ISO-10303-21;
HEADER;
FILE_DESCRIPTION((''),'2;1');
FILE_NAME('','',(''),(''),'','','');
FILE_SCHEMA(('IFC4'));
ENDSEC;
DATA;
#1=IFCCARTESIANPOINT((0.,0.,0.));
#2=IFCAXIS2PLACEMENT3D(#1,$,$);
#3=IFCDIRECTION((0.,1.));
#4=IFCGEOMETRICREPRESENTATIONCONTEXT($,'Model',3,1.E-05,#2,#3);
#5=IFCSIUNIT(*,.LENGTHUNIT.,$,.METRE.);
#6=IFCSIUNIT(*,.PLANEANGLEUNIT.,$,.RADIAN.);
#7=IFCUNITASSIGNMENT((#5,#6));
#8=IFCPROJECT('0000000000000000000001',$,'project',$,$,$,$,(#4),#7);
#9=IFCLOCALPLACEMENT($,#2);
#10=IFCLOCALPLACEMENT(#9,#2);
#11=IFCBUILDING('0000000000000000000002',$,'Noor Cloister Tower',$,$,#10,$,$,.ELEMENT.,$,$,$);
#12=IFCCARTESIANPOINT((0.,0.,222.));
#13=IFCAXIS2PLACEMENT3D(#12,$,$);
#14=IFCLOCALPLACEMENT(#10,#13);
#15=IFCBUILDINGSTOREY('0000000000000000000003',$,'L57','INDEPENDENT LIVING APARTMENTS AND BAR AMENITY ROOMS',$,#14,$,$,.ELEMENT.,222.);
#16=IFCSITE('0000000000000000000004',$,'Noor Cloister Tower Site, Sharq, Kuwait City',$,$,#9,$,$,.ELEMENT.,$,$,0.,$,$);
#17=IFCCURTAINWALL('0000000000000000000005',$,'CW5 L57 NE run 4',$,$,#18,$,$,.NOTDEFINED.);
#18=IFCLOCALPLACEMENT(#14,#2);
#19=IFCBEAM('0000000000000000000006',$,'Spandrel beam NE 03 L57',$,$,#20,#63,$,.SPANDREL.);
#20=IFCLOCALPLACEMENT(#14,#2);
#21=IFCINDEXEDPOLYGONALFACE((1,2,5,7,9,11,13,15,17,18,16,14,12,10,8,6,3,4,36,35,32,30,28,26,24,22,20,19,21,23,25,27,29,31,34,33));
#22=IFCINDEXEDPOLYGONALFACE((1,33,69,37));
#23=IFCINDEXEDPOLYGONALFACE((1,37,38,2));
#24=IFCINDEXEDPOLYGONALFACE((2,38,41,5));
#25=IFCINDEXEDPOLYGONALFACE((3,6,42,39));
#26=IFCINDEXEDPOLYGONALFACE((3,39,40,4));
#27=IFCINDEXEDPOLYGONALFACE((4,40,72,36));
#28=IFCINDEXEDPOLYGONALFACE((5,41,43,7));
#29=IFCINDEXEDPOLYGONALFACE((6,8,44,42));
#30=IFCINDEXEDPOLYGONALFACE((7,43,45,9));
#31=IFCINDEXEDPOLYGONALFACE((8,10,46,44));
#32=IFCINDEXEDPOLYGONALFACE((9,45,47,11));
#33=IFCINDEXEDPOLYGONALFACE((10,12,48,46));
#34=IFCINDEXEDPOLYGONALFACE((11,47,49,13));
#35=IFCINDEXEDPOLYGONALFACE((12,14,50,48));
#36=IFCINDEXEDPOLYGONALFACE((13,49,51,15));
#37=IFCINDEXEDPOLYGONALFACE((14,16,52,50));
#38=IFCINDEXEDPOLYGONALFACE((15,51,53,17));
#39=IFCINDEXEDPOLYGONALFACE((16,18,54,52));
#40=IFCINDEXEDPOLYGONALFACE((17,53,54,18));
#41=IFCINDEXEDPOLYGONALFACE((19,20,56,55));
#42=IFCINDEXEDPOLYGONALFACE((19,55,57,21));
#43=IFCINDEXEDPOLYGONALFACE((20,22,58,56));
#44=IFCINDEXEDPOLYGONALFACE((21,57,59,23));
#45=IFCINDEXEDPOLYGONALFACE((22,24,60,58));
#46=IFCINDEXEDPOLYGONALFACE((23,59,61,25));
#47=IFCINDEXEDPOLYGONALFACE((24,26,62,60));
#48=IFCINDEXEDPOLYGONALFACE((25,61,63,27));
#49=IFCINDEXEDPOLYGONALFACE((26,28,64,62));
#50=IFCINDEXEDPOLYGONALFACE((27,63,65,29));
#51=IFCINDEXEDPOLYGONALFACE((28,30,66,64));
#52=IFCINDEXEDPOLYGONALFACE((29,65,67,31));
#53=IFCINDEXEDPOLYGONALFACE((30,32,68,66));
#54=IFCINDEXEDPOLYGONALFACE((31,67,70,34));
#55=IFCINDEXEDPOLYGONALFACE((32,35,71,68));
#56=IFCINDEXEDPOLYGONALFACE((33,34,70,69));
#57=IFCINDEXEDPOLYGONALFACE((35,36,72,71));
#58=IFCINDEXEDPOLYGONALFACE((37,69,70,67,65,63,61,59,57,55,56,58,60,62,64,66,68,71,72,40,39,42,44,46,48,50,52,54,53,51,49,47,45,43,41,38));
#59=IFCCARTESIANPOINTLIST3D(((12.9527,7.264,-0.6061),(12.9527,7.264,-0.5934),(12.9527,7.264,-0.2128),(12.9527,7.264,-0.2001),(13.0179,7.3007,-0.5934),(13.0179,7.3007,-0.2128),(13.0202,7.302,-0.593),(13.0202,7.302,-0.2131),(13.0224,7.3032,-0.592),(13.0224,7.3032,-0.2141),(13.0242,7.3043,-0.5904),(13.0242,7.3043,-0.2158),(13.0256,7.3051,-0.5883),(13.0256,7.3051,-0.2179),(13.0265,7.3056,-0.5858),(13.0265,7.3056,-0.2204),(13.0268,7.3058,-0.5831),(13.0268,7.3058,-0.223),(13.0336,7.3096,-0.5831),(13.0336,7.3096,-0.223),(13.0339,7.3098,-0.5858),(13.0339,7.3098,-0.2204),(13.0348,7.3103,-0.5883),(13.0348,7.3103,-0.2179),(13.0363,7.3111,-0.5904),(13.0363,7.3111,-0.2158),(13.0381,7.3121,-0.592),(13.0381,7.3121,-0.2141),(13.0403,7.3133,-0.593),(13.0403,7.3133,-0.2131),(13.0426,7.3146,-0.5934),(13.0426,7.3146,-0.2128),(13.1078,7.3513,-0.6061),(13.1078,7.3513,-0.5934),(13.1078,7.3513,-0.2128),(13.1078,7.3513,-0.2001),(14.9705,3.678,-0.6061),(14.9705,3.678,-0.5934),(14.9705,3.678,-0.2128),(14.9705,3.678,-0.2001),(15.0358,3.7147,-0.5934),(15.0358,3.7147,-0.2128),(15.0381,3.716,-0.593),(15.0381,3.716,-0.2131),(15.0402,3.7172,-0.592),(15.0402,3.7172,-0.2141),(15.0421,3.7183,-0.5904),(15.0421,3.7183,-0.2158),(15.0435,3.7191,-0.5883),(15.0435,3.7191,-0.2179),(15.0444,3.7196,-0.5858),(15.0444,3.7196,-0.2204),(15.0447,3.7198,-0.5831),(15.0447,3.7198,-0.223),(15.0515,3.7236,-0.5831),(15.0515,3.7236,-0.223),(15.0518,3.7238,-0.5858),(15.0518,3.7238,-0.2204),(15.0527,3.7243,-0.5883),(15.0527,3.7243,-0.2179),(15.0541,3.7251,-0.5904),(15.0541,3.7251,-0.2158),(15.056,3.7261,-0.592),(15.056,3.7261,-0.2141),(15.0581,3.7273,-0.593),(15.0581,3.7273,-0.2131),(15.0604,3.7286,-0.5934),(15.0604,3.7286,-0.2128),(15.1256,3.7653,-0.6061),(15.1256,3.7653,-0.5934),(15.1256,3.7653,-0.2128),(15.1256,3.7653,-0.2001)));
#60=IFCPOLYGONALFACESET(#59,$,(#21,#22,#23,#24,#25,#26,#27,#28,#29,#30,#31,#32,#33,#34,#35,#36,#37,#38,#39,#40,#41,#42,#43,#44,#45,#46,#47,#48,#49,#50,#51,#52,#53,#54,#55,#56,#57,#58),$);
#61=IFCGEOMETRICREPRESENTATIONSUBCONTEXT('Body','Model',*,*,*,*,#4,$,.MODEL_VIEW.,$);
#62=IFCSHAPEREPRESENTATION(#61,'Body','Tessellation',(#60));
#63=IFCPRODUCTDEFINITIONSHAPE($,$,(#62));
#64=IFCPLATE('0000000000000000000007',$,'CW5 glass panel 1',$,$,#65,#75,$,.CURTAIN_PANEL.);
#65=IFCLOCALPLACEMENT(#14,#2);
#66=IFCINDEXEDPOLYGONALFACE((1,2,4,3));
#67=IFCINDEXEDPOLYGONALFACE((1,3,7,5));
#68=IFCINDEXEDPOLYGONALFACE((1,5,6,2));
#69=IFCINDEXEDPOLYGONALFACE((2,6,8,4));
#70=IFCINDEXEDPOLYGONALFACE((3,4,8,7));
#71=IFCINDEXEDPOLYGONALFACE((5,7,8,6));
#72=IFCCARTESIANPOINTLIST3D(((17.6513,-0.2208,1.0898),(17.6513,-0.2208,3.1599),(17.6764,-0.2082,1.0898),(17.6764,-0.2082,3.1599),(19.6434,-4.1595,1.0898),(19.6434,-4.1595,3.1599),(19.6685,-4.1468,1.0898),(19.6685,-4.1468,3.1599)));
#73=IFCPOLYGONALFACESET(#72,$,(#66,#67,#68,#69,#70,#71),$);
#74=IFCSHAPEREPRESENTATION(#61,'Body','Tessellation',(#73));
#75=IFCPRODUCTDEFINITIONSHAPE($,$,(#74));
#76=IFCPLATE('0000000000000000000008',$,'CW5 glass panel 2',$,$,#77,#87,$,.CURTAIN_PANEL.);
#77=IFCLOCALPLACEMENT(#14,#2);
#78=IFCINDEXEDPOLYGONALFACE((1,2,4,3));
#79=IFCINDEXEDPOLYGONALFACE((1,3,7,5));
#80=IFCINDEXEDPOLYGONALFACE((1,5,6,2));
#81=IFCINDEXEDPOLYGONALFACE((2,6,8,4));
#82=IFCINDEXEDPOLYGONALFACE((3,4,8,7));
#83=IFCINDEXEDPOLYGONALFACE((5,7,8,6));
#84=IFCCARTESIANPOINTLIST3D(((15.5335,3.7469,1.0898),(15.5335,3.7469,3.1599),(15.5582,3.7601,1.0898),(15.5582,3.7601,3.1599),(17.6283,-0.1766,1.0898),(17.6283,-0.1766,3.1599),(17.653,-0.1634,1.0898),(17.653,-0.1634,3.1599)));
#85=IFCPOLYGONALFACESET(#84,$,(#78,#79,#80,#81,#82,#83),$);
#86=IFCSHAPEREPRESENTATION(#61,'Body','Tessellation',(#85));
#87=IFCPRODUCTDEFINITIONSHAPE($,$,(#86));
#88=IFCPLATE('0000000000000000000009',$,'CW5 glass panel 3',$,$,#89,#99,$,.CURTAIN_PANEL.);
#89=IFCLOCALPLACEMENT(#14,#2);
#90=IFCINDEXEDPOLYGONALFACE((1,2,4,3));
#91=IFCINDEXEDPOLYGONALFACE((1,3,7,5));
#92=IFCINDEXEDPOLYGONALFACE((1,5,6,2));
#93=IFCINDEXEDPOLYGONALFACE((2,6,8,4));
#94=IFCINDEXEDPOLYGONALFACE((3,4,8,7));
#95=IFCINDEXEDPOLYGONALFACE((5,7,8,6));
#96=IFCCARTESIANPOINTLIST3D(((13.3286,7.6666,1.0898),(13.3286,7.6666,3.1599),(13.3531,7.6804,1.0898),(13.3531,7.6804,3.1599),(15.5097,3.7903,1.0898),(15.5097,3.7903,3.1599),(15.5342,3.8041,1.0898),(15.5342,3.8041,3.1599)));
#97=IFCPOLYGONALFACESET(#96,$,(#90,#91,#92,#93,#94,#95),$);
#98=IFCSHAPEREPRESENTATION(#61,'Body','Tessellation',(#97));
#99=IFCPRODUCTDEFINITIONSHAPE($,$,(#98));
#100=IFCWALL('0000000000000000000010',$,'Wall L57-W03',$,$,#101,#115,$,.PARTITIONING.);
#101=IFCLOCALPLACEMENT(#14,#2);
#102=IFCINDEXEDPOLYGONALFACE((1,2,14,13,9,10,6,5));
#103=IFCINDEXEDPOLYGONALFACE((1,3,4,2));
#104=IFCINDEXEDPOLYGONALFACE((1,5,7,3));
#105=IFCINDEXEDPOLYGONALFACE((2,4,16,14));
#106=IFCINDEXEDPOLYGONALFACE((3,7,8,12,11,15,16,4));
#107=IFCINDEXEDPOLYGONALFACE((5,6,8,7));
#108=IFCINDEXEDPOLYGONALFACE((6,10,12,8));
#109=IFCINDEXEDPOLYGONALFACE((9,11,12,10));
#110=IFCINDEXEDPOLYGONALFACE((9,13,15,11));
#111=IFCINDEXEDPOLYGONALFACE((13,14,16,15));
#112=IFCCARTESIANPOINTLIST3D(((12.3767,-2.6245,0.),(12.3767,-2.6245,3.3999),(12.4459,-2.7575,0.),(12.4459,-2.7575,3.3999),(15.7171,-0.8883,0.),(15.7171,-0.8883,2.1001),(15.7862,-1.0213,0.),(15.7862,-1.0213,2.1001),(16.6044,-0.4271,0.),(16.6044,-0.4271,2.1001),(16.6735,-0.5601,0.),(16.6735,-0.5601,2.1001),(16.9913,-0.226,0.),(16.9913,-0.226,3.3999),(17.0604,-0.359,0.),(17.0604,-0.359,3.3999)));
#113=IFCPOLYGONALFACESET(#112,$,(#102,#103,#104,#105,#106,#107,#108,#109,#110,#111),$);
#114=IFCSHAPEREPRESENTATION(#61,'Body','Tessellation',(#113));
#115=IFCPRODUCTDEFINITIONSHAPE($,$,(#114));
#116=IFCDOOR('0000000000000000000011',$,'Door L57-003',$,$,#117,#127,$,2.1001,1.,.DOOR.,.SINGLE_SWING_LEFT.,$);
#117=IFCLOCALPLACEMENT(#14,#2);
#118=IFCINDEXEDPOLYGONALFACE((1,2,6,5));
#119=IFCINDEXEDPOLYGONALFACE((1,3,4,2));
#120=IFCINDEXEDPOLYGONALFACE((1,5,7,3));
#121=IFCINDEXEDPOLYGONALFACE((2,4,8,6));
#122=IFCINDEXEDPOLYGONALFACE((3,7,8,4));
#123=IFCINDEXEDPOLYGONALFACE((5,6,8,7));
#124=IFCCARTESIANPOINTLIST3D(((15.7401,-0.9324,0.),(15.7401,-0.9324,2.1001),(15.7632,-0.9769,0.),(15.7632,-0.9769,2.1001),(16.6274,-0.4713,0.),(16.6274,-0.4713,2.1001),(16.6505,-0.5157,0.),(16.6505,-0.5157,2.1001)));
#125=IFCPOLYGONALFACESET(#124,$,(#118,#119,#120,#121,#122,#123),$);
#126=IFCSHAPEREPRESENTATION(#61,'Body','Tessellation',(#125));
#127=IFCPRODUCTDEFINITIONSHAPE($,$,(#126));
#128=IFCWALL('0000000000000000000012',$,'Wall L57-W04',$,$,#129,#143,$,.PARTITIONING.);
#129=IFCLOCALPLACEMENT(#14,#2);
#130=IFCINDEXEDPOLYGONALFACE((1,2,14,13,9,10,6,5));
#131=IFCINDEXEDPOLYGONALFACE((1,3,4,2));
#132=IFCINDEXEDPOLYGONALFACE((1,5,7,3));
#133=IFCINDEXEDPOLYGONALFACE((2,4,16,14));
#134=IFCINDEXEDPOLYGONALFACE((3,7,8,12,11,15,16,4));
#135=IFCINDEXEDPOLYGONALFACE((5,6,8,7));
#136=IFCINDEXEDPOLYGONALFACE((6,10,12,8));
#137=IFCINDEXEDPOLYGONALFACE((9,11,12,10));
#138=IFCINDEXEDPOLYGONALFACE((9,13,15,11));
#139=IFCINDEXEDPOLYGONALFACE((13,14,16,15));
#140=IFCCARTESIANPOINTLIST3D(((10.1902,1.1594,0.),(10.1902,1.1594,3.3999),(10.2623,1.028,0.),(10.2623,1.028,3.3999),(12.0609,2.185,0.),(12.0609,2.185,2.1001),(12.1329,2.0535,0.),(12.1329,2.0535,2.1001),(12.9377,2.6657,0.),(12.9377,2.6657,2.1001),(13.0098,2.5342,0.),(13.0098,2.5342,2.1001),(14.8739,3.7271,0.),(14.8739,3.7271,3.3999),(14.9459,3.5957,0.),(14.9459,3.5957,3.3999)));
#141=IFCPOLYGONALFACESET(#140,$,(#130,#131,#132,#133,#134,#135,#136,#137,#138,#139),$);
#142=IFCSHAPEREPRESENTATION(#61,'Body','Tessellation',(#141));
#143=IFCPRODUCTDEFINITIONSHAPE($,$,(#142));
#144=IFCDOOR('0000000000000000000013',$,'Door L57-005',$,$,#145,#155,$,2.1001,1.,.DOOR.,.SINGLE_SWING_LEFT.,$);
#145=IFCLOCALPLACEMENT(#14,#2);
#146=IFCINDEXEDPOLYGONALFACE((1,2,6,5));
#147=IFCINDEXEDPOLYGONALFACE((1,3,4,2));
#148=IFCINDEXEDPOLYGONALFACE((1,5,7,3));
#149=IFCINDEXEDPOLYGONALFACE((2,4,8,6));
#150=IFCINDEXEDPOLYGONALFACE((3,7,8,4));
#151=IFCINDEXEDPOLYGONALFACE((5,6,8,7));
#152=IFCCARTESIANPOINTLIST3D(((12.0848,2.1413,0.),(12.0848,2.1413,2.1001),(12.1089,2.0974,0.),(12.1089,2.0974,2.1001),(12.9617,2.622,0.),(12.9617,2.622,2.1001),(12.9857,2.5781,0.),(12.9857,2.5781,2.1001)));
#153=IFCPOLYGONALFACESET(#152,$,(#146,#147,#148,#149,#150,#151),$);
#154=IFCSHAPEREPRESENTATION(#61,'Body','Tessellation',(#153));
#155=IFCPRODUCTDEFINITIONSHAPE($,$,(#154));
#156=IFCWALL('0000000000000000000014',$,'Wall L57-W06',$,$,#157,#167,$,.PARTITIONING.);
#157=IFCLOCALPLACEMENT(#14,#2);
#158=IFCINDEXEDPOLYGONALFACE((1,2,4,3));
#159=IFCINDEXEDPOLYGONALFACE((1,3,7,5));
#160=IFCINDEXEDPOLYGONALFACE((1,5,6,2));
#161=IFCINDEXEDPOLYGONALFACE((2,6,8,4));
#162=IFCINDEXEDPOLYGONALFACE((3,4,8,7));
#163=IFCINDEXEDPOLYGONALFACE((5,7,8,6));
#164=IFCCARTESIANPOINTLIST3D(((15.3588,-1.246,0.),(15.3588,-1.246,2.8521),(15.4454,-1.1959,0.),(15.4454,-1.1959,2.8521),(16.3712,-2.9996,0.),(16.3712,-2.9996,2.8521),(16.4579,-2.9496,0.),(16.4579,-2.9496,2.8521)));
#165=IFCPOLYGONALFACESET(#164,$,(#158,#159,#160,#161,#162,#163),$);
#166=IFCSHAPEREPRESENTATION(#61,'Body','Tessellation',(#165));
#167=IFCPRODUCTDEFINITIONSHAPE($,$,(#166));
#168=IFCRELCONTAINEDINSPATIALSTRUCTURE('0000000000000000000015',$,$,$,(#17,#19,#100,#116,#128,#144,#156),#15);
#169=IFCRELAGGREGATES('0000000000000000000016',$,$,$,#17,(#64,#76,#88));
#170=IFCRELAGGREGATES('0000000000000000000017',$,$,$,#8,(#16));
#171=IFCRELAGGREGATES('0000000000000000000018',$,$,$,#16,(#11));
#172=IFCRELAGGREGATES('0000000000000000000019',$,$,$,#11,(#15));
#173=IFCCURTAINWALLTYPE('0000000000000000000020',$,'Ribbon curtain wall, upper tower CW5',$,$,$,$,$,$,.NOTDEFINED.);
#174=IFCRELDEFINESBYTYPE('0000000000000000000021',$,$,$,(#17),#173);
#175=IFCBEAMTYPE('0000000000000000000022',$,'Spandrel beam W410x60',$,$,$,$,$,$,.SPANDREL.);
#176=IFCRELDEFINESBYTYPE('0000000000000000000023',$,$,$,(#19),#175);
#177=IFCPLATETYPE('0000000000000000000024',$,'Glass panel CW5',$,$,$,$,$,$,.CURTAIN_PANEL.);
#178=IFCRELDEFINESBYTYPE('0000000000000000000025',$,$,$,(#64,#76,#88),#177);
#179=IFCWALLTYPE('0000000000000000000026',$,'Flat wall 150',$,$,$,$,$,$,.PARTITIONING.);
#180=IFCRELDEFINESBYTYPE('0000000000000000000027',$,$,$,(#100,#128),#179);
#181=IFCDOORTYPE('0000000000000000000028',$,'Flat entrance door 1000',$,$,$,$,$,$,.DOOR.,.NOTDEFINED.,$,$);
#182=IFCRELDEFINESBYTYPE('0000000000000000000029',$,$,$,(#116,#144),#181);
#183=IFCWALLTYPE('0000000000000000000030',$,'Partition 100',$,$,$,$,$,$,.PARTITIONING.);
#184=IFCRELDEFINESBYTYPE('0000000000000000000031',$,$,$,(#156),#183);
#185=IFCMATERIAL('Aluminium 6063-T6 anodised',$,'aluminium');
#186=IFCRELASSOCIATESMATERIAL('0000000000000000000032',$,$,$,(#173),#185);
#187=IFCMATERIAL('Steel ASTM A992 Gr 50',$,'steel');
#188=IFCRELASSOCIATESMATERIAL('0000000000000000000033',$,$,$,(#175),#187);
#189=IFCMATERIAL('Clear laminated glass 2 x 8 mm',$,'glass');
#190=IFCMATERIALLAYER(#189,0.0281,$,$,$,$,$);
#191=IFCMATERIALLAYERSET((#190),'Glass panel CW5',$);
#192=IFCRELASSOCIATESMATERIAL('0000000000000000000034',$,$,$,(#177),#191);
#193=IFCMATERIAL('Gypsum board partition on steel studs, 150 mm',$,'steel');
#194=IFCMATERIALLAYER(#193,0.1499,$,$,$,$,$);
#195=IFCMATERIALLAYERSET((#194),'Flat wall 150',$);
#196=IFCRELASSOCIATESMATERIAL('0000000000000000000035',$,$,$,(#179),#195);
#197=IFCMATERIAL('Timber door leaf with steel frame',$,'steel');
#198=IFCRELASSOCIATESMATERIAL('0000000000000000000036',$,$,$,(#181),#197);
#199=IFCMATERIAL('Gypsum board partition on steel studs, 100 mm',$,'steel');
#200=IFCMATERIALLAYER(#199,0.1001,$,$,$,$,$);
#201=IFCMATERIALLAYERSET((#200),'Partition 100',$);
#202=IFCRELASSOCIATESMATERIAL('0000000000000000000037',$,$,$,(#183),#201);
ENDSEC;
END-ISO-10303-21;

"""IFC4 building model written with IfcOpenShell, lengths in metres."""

from ifc_helpers import new_model, si_unit, direction, frame, frame_2d, origin, origin_2d, place, context, subcontext, project, spatial, rectangle, i_section, extrude, material, layer, layer_set, material_profile, profile_set, type_object, element, fill, aggregate, save


model = new_model("IFC4")

# Units and contexts
model_context = context("Model", 3, precision=1e-05, world=origin(), true_north=direction((0.0, 1.0)))
body_context = subcontext(model_context, "Body", "Model", "MODEL_VIEW")
ifc_project = project(units=[si_unit("LENGTHUNIT", "METRE"), si_unit("PLANEANGLEUNIT", "RADIAN")], contexts=[model_context])

# Site, building, storey
site_placement = place(None, origin())
site = spatial("IfcSite", under=ifc_project, at=site_placement, Name="Noor Cloister Tower Site, Sharq, Kuwait City", CompositionType="ELEMENT", RefElevation=0.0)
building_placement = place(site_placement, origin())
building = spatial("IfcBuilding", under=site, at=building_placement, Name="Noor Cloister Tower", CompositionType="ELEMENT")
storey_placement = place(building_placement, frame((0.0, 0.0, 222.0)))
storey = spatial("IfcBuildingStorey", under=building, at=storey_placement, Name="L57", Description="INDEPENDENT LIVING APARTMENTS AND BAR AMENITY ROOMS", CompositionType="ELEMENT", Elevation=222.0)

# Curtain wall
ifc_material_1 = material(Name="Aluminium 6063-T6 anodised", Category="aluminium")
curtain_wall_type = type_object("IfcCurtainWallType", Name="Ribbon curtain wall, upper tower CW5", PredefinedType="NOTDEFINED", material=ifc_material_1)
curtain_wall_placement = place(storey_placement, origin())
curtain_wall = element("IfcCurtainWall", 1, at=curtain_wall_placement, inside=storey, type_object=curtain_wall_type, Name="CW5 L57 NE run 4", PredefinedType="NOTDEFINED")

# Beam
ifc_material_2 = material(Name="Steel ASTM A992 Gr 50", Category="steel")
ifc_material_profile_1 = material_profile(ifc_material_2, i_section(OverallWidth=0.178, OverallDepth=0.406, WebThickness=0.0078, FlangeThickness=0.0127, FilletRadius=0.0103, at=origin_2d()), Name="W410x60")
ifc_profile_set_1 = profile_set([ifc_material_profile_1], Name="Steel ASTM A992 Gr 50")
beam_type_1 = type_object("IfcBeamType", Name="Spandrel beam W410x60", PredefinedType="SPANDREL", material=ifc_profile_set_1)
beam_1_placement = place(storey_placement, frame((15.0481, 3.7217, -0.4031), z_axis=(-0.490396, 0.871499, 0.0), x_axis=(-0.871499, -0.490396, 0.0)))
element("IfcBeam", 2, at=beam_1_placement, inside=storey, type_object=beam_type_1, Name="Spandrel beam NE 03 L57", PredefinedType="SPANDREL", context=body_context, shape_type="SweptSolid", body=[
    extrude(i_section(OverallWidth=0.178, OverallDepth=0.406, WebThickness=0.0078, FlangeThickness=0.0127, FilletRadius=0.0103, at=origin_2d()), origin(), (0.0, 0.0, 1.0), 4.1147),
])

# Plates
ifc_material_3 = material(Name="Clear laminated glass 2 x 8 mm", Category="glass")
ifc_layer_1 = layer(ifc_material_3, 0.0281)
ifc_layer_set_1 = layer_set([ifc_layer_1], Name="Glass panel CW5")
plate_type = type_object("IfcPlateType", Name="Glass panel CW5", PredefinedType="CURTAIN_PANEL", material=ifc_layer_set_1)
plate_1_placement = place(storey_placement, frame((18.6599, -2.1838, 1.0898), z_axis=(0.0, 0.0, 1.0), x_axis=(-0.451339, 0.892353, 0.0)))
plate_1 = element("IfcPlate", 3, at=plate_1_placement, type_object=plate_type, Name="CW5 glass panel 1", PredefinedType="CURTAIN_PANEL", context=body_context, shape_type="SweptSolid", body=[
    extrude(rectangle(XDim=4.4138, YDim=0.0281, at=origin_2d()), origin(), (0.0, 0.0, 1.0), 2.0701),
])
plate_2_placement = place(storey_placement, frame((16.5933, 1.7917, 1.0898), z_axis=(0.0, 0.0, 1.0), x_axis=(-0.470978, 0.882145, 0.0)))
plate_2 = element("IfcPlate", 4, at=plate_2_placement, type_object=plate_type, Name="CW5 glass panel 2", PredefinedType="CURTAIN_PANEL", context=body_context, shape_type="SweptSolid", body=[
    extrude(rectangle(XDim=4.4478, YDim=0.0281, at=origin_2d()), origin(), (0.0, 0.0, 1.0), 2.0701),
])
plate_3_placement = place(storey_placement, frame((14.4314, 5.7354, 1.0898), z_axis=(0.0, 0.0, 1.0), x_axis=(-0.490386, 0.871506, 0.0)))
plate_3 = element("IfcPlate", 5, at=plate_3_placement, type_object=plate_type, Name="CW5 glass panel 3", PredefinedType="CURTAIN_PANEL", context=body_context, shape_type="SweptSolid", body=[
    extrude(rectangle(XDim=4.4478, YDim=0.0281, at=origin_2d()), origin(), (0.0, 0.0, 1.0), 2.0701),
])
aggregate(curtain_wall, [plate_1, plate_2, plate_3])

# Walls, openings, doors
ifc_material_4 = material(Name="Gypsum board partition on steel studs, 150 mm", Category="steel")
ifc_layer_2 = layer(ifc_material_4, 0.1499)
ifc_layer_set_2 = layer_set([ifc_layer_2], Name="Flat wall 150")
wall_type_1 = type_object("IfcWallType", Name="Flat wall 150", PredefinedType="PARTITIONING", material=ifc_layer_set_2)
wall_1_placement = place(storey_placement, frame((17.0259, -0.2925, 0.0), z_axis=(0.0, 0.0, 1.0), x_axis=(-0.887304, -0.461186, 0.0)))
wall_1 = element("IfcWall", 6, at=wall_1_placement, inside=storey, type_object=wall_type_1, Name="Wall L57-W03", PredefinedType="PARTITIONING", context=body_context, shape_type="SweptSolid", body=[
    extrude(rectangle(XDim=5.2007, YDim=0.1499, at=frame_2d((2.6003, 0.0))), origin(), (0.0, 0.0, 1.0), 3.3999),
])
opening_1_placement = place(wall_1_placement, frame((0.436, 0.0, 0.0)))
opening_1 = element("IfcOpeningElement", 7, at=opening_1_placement, cuts=wall_1, PredefinedType="OPENING", context=body_context, shape_type="SweptSolid", body=[
    extrude(rectangle(XDim=1.0, YDim=2.1001, at=frame_2d((0.5, 1.05))), frame((0.0, 0.085, 0.0), z_axis=(0.0, -1.0, 0.0), x_axis=(1.0, 0.0, 0.0)), (0.0, 0.0, 1.0), 0.1699),
])
ifc_material_5 = material(Name="Timber door leaf with steel frame", Category="steel")
door_type_1 = type_object("IfcDoorType", Name="Flat entrance door 1000", OperationType="NOTDEFINED", PredefinedType="DOOR", material=ifc_material_5)
door_1_placement = place(opening_1_placement, origin())
door_1 = element("IfcDoor", 8, at=door_1_placement, inside=storey, type_object=door_type_1, Name="Door L57-003", OperationType="SINGLE_SWING_LEFT", OverallHeight=2.1001, OverallWidth=1.0, PredefinedType="DOOR", context=body_context, shape_type="SweptSolid", body=[
    extrude(rectangle(XDim=1.0, YDim=2.1001, at=frame_2d((0.5, 1.05))), frame((0.0, 0.0249, 0.0), z_axis=(0.0, -1.0, 0.0), x_axis=(1.0, 0.0, 0.0)), (0.0, 0.0, 1.0), 0.05),
])
fill(opening_1, door_1)
wall_2_placement = place(storey_placement, frame((14.9099, 3.6614, 0.0), z_axis=(0.0, 0.0, 1.0), x_axis=(-0.876875, -0.480718, 0.0)))
wall_2 = element("IfcWall", 9, at=wall_2_placement, inside=storey, type_object=wall_type_1, Name="Wall L57-W04", PredefinedType="PARTITIONING", context=body_context, shape_type="SweptSolid", body=[
    extrude(rectangle(XDim=5.3413, YDim=0.1499, at=frame_2d((2.6707, 0.0))), origin(), (0.0, 0.0, 1.0), 3.3999),
])
opening_2_placement = place(wall_2_placement, frame((2.208, 0.0, 0.0)))
opening_2 = element("IfcOpeningElement", 10, at=opening_2_placement, cuts=wall_2, PredefinedType="OPENING", context=body_context, shape_type="SweptSolid", body=[
    extrude(rectangle(XDim=1.0, YDim=2.1001, at=frame_2d((0.5, 1.05))), frame((0.0, 0.085, 0.0), z_axis=(0.0, -1.0, 0.0), x_axis=(1.0, 0.0, 0.0)), (0.0, 0.0, 1.0), 0.1699),
])
door_2_placement = place(opening_2_placement, origin())
door_2 = element("IfcDoor", 11, at=door_2_placement, inside=storey, type_object=door_type_1, Name="Door L57-005", OperationType="SINGLE_SWING_LEFT", OverallHeight=2.1001, OverallWidth=1.0, PredefinedType="DOOR", context=body_context, shape_type="SweptSolid", body=[
    extrude(rectangle(XDim=1.0, YDim=2.1001, at=frame_2d((0.5, 1.05))), frame((0.0, 0.0249, 0.0), z_axis=(0.0, -1.0, 0.0), x_axis=(1.0, 0.0, 0.0)), (0.0, 0.0, 1.0), 0.05),
])
fill(opening_2, door_2)

# Wall
ifc_material_6 = material(Name="Gypsum board partition on steel studs, 100 mm", Category="steel")
ifc_layer_3 = layer(ifc_material_6, 0.1001)
ifc_layer_set_3 = layer_set([ifc_layer_3], Name="Partition 100")
wall_type_2 = type_object("IfcWallType", Name="Partition 100", PredefinedType="PARTITIONING", material=ifc_layer_set_3)
wall_3_placement = place(storey_placement, frame((15.4021, -1.2209, 0.0), z_axis=(0.0, 0.0, 1.0), x_axis=(0.49999, -0.866031, 0.0)))
element("IfcWall", 12, at=wall_3_placement, inside=storey, type_object=wall_type_2, Name="Wall L57-W06", PredefinedType="PARTITIONING", context=body_context, shape_type="SweptSolid", body=[
    extrude(rectangle(XDim=2.0249, YDim=0.1001, at=frame_2d((1.0125, 0.0))), origin(), (0.0, 0.0, 1.0), 2.8521),
])

save(model, "model.ifc")
